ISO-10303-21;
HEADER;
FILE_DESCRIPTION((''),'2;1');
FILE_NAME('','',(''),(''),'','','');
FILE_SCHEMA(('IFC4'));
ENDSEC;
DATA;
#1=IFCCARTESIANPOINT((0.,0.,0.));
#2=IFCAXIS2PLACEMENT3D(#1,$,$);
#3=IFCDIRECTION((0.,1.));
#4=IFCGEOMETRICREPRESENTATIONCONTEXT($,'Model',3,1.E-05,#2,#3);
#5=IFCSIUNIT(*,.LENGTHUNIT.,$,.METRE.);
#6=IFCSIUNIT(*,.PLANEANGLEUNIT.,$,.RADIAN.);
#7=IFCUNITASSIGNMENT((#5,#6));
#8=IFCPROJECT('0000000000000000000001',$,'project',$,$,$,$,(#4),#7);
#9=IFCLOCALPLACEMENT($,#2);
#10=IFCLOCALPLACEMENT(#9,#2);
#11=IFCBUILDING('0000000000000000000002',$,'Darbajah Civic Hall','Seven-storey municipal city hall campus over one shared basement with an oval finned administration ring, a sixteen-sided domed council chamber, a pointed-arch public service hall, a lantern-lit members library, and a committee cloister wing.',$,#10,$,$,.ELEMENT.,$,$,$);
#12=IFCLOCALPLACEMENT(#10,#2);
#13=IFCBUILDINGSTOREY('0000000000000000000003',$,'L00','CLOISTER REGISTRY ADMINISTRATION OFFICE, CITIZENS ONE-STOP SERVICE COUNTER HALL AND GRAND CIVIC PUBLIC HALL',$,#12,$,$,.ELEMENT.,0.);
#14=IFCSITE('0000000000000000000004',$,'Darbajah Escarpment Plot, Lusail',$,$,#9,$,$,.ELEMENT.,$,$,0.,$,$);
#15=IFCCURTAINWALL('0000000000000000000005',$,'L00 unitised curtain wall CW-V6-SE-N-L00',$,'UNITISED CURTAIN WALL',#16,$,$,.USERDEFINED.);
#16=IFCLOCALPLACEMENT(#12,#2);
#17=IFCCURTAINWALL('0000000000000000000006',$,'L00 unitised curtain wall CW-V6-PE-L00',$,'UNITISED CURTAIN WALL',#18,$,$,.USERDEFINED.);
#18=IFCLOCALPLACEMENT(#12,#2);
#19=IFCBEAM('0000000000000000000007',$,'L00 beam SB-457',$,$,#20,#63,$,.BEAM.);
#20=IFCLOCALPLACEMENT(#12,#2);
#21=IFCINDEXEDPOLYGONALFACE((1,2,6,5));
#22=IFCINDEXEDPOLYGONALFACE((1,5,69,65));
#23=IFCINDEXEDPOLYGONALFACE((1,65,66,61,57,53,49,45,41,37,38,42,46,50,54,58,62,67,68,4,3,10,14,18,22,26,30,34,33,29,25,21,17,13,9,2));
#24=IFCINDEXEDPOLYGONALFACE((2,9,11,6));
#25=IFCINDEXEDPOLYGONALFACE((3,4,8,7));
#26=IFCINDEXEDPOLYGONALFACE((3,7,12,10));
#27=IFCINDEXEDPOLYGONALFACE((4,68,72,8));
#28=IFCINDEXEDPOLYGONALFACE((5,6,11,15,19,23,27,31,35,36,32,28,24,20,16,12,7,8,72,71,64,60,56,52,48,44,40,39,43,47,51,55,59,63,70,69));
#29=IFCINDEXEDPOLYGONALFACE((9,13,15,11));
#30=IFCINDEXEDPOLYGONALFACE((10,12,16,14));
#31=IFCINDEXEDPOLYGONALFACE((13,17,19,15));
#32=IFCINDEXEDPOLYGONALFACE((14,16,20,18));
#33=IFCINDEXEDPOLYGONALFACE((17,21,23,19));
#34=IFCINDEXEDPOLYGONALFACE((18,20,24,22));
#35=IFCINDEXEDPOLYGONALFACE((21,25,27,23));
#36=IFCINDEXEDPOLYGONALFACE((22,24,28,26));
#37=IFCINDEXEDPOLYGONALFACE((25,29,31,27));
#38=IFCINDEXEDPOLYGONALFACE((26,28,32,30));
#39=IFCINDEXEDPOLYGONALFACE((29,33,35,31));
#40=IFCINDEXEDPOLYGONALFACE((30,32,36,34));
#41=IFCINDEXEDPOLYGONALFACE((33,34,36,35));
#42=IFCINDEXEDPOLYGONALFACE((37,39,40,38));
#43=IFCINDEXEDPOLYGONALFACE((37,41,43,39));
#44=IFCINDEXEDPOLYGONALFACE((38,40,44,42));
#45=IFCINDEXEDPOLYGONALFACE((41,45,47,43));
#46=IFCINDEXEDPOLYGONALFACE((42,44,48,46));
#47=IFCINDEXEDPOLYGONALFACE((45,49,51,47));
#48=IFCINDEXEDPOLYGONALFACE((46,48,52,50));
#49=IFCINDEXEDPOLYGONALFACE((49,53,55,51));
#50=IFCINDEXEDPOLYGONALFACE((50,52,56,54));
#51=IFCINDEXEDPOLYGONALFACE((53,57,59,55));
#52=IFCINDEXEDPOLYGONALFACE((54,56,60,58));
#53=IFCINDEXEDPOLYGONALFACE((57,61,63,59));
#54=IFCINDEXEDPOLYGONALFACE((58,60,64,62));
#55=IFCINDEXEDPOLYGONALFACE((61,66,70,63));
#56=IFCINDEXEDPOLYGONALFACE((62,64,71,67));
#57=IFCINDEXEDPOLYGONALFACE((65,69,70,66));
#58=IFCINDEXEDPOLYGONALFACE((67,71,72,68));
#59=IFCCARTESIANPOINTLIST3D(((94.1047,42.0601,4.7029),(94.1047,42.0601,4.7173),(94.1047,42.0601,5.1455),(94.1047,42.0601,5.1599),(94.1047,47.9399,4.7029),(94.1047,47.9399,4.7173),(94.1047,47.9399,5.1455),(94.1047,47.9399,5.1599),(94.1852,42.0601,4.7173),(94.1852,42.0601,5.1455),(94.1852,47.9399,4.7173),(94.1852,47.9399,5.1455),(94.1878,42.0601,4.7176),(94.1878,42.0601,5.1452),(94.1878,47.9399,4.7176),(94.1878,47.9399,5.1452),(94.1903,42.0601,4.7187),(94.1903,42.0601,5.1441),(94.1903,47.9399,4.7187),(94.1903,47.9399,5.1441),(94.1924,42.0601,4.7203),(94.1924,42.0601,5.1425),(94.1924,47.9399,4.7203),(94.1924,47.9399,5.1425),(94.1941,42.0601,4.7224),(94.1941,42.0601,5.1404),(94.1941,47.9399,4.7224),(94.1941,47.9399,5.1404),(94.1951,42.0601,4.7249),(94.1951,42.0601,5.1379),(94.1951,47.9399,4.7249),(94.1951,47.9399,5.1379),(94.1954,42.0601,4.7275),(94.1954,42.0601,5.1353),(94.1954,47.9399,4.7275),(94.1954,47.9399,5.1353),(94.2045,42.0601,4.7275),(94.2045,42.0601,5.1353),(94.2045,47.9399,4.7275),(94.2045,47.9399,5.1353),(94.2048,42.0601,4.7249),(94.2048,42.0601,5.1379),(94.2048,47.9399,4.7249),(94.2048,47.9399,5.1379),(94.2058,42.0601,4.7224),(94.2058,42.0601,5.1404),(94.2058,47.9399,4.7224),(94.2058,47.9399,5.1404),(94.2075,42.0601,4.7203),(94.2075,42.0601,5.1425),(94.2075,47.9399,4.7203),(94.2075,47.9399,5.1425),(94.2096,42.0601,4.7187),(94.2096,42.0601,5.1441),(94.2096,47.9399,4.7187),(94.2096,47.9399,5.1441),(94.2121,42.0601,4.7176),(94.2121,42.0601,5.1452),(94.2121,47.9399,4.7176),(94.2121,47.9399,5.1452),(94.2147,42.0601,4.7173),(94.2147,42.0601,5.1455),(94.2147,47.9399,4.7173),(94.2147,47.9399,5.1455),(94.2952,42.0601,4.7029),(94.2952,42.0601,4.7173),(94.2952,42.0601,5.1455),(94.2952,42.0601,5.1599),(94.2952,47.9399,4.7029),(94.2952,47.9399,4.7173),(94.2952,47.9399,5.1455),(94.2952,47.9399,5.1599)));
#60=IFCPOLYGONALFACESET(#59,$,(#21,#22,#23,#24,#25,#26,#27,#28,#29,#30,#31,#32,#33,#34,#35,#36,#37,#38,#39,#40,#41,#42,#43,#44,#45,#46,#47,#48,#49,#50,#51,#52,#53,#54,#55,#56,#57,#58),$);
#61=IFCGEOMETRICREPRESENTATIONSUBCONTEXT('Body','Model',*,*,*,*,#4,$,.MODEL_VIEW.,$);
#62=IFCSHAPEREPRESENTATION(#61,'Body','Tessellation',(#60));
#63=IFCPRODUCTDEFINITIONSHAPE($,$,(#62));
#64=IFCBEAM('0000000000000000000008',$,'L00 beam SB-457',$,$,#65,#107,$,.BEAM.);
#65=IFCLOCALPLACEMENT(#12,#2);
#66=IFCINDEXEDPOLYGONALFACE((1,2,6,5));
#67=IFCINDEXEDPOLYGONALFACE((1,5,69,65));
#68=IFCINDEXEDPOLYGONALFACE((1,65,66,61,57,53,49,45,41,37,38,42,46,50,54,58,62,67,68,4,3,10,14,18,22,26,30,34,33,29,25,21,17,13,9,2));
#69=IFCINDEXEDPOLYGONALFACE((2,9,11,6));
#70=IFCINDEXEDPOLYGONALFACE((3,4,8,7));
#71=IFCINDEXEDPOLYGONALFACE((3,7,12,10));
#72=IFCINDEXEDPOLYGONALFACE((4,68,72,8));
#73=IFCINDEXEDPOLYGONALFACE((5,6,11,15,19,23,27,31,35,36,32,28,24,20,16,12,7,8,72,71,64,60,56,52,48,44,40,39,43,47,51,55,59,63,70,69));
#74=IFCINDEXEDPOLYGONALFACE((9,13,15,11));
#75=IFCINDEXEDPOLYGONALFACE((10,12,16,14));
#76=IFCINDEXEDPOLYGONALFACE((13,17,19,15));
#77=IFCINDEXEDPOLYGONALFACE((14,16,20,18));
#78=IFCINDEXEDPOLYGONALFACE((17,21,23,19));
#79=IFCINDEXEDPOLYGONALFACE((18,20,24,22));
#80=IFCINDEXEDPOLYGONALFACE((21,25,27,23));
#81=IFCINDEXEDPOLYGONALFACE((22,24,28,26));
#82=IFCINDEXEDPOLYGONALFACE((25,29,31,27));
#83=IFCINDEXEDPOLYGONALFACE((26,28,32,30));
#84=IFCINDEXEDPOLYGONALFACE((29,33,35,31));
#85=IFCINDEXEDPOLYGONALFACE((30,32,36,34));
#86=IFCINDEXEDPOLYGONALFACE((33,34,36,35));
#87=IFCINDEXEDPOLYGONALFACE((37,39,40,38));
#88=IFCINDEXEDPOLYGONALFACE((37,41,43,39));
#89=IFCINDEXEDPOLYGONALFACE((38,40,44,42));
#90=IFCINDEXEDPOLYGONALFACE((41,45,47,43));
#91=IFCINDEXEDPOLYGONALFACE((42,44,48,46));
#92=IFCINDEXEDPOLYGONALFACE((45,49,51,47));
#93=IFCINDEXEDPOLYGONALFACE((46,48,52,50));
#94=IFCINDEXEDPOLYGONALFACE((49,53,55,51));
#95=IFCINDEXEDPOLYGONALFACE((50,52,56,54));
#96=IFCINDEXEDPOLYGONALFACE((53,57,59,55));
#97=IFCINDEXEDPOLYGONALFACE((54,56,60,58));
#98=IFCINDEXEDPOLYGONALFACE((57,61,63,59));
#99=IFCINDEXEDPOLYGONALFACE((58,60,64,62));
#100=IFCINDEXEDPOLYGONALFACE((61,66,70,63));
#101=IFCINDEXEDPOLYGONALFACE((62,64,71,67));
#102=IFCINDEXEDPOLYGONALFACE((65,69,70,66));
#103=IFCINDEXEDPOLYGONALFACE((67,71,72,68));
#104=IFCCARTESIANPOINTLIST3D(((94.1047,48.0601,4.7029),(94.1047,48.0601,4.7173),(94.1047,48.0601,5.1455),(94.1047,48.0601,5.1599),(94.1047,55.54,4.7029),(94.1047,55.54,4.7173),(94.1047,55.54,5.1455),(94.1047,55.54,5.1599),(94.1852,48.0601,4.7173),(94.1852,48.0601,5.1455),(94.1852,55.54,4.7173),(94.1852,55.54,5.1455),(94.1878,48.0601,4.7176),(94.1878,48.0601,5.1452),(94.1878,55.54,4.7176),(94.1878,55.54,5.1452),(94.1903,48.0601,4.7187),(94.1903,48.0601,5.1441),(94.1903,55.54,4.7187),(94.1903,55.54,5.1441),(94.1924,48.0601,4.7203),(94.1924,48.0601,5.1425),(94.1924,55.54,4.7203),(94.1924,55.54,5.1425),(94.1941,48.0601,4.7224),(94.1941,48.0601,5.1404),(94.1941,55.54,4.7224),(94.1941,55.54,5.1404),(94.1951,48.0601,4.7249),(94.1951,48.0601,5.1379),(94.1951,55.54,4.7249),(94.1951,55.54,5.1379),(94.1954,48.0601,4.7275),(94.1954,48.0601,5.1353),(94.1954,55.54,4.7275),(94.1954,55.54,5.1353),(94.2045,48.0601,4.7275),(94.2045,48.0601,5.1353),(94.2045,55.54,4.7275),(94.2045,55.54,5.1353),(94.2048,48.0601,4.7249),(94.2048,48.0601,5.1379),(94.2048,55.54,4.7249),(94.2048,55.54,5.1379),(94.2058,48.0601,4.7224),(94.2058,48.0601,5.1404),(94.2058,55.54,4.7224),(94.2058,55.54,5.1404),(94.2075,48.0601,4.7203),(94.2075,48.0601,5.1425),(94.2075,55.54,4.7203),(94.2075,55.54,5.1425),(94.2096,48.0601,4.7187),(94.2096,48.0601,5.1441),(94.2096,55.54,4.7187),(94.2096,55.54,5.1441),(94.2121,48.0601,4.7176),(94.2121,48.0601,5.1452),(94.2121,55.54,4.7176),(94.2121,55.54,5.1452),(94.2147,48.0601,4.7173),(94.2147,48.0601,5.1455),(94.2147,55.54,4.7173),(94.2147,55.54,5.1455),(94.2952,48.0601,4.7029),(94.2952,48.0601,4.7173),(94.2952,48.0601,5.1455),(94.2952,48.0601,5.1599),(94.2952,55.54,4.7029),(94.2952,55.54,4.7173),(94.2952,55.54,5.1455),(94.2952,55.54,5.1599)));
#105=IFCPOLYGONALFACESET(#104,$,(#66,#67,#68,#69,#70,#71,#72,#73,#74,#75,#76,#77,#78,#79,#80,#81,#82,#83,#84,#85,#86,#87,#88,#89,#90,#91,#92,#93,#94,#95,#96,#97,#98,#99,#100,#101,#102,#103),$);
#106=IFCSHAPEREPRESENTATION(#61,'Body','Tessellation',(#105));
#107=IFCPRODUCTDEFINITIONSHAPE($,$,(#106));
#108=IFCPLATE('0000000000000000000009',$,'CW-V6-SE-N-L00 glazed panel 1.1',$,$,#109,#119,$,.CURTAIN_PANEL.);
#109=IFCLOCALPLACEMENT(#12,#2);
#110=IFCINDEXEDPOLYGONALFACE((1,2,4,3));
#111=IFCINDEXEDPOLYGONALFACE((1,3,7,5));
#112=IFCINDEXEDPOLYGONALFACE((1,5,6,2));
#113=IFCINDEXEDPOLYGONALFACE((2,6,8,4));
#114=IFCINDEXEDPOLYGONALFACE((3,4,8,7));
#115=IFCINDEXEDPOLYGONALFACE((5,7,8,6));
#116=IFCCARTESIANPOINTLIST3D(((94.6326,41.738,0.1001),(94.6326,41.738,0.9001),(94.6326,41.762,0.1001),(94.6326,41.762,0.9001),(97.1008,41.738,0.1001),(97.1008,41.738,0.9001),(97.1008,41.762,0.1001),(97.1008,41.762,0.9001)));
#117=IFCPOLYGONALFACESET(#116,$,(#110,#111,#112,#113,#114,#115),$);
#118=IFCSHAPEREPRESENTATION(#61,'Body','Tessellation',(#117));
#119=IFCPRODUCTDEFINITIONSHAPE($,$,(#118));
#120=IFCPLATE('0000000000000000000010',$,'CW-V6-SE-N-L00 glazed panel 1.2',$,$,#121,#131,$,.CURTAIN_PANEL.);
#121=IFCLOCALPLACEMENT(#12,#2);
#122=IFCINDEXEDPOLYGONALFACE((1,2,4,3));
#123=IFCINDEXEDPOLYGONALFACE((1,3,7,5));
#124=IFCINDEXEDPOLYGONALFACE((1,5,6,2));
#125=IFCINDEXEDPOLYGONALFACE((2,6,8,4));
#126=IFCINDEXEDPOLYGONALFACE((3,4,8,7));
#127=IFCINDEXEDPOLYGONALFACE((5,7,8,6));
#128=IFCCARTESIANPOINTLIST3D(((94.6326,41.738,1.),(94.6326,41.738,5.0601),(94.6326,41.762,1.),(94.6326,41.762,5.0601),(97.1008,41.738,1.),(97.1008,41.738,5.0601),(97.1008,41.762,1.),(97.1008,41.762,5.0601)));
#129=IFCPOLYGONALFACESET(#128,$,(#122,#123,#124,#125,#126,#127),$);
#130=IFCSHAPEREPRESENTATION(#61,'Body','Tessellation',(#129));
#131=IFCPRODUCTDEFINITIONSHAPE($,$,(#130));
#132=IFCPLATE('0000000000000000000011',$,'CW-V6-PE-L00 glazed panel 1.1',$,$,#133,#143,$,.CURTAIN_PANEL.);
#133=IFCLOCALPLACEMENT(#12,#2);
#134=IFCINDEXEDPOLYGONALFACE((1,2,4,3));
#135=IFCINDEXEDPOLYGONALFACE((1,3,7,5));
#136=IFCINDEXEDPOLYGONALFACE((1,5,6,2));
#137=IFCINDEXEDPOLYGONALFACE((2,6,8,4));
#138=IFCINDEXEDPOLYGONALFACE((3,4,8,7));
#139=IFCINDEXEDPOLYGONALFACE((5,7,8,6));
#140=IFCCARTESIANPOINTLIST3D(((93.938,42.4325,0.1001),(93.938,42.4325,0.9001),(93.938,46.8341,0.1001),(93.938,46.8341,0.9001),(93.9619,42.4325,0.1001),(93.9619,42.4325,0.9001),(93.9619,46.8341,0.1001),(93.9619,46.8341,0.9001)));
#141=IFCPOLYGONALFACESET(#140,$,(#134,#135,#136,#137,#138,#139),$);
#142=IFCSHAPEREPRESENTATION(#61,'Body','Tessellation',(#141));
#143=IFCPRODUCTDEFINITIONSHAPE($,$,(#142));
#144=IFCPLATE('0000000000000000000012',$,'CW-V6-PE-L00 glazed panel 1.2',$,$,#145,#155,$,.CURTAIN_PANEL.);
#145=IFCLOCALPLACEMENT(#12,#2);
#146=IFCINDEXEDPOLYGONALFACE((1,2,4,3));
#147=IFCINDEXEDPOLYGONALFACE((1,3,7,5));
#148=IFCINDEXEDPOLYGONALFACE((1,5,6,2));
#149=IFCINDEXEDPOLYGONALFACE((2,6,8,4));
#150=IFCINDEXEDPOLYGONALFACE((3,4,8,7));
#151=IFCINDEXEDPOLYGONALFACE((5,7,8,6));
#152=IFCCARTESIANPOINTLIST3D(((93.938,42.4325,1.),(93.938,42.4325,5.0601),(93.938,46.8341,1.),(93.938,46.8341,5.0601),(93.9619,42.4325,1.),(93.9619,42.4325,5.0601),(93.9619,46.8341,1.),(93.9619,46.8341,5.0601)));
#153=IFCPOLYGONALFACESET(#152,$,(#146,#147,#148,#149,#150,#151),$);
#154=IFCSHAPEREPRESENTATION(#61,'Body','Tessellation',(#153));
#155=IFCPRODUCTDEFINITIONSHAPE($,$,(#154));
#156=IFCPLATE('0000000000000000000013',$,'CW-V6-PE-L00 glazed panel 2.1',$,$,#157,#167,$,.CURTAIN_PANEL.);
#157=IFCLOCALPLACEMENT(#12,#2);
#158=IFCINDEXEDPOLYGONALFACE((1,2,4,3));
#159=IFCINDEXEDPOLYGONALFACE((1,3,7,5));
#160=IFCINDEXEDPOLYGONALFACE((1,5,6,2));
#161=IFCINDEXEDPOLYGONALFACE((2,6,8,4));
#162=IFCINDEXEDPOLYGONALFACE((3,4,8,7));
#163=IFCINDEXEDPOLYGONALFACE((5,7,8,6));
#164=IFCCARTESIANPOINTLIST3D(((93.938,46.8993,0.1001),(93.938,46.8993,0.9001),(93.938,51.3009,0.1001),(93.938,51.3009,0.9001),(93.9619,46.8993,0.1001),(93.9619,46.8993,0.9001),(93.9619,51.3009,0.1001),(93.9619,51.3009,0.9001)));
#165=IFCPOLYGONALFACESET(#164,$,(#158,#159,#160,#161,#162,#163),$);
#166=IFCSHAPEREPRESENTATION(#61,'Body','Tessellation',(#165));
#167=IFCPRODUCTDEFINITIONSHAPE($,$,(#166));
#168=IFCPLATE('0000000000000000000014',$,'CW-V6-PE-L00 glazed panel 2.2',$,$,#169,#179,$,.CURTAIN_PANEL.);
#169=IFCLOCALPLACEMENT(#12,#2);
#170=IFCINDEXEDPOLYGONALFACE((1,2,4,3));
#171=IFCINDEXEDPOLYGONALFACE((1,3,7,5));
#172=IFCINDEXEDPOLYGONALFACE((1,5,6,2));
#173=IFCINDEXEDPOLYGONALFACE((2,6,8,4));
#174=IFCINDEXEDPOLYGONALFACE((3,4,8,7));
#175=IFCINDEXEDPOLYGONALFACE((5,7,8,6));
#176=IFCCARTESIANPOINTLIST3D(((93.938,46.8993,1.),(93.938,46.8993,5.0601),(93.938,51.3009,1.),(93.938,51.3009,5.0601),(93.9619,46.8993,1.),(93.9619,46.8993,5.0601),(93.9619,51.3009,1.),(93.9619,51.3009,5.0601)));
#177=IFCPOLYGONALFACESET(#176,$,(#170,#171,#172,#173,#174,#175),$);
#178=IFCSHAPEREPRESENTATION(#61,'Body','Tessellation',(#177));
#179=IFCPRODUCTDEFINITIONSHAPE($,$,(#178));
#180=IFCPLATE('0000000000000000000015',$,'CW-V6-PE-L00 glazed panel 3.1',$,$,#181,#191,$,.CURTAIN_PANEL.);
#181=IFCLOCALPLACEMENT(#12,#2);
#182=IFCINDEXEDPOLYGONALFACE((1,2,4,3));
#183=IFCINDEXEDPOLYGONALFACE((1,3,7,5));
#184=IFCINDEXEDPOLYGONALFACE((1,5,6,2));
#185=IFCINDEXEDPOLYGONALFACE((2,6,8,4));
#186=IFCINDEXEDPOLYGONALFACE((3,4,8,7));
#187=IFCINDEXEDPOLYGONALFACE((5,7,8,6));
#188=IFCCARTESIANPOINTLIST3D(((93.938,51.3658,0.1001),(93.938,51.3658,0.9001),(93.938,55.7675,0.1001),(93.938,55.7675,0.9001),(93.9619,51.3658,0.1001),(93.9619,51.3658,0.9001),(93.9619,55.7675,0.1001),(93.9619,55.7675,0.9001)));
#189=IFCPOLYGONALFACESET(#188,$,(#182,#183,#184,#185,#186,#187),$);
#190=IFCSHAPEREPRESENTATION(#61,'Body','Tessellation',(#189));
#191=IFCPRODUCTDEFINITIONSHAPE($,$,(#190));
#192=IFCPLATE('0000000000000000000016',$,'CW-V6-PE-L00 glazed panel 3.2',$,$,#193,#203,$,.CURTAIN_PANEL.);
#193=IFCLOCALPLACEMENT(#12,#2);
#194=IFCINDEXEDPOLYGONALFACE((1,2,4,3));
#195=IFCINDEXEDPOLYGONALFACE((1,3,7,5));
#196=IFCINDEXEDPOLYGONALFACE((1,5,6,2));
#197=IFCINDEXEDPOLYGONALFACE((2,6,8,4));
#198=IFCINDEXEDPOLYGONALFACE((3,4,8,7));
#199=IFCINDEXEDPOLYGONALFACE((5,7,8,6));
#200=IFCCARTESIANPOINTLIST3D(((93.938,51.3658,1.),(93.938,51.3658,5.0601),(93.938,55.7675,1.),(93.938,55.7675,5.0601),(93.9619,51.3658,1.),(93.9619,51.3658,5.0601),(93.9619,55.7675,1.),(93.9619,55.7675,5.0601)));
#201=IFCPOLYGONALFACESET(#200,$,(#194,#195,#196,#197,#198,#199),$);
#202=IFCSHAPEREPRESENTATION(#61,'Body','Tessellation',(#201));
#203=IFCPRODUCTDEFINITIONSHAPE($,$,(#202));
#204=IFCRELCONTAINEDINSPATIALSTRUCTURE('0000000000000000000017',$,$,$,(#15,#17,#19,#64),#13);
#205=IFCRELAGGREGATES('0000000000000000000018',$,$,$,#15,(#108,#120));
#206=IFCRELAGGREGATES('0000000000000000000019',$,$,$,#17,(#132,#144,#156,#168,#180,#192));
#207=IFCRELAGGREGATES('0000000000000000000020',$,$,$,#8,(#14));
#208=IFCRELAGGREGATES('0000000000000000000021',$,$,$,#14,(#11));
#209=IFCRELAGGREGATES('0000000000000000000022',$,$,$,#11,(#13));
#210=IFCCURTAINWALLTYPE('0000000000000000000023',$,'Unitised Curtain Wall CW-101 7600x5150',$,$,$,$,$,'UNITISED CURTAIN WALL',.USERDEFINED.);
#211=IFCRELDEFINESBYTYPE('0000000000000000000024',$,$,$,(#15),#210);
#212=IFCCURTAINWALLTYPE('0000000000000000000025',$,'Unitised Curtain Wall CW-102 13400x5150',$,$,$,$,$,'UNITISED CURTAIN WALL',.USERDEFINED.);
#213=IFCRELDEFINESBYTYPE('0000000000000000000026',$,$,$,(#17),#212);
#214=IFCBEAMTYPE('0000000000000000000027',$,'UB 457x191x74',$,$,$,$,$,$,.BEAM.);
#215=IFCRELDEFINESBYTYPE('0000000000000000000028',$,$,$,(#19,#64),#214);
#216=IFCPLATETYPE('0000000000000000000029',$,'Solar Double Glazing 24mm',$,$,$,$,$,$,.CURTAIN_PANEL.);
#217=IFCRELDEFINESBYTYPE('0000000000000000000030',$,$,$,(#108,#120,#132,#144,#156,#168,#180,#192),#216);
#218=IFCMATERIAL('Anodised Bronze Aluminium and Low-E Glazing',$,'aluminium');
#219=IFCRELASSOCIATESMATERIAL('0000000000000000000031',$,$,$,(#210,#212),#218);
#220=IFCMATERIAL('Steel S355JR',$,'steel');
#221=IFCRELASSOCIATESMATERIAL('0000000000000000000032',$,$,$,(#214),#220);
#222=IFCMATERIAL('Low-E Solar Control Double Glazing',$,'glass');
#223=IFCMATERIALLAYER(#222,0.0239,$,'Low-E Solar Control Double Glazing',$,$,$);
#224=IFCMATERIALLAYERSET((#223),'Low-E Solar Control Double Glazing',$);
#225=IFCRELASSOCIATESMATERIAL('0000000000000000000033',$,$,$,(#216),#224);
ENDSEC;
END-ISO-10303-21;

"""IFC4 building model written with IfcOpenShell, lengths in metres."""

from ifc_helpers import new_model, si_unit, direction, frame, origin, origin_2d, place, context, subcontext, project, spatial, rectangle, i_section, extrude, material, layer, layer_set, material_profile, profile_set, type_object, element, aggregate, save


model = new_model("IFC4")

# Units and contexts
model_context = context("Model", 3, precision=1e-05, world=origin(), true_north=direction((0.0, 1.0)))
body_context = subcontext(model_context, "Body", "Model", "MODEL_VIEW")
ifc_project = project(units=[si_unit("LENGTHUNIT", "METRE"), si_unit("PLANEANGLEUNIT", "RADIAN")], contexts=[model_context])

# Site, building, storey
site_placement = place(None, origin())
site = spatial("IfcSite", under=ifc_project, at=site_placement, Name="Darbajah Escarpment Plot, Lusail", CompositionType="ELEMENT", RefElevation=0.0)
building_placement = place(site_placement, origin())
building = spatial("IfcBuilding", under=site, at=building_placement, Name="Darbajah Civic Hall", Description="Seven-storey municipal city hall campus over one shared basement with an oval finned administration ring, a sixteen-sided domed council chamber, a pointed-arch public service hall, a lantern-lit members library, and a committee cloister wing.", CompositionType="ELEMENT")
storey_placement = place(building_placement, origin())
storey = spatial("IfcBuildingStorey", under=building, at=storey_placement, Name="L00", Description="CLOISTER REGISTRY ADMINISTRATION OFFICE, CITIZENS ONE-STOP SERVICE COUNTER HALL AND GRAND CIVIC PUBLIC HALL", CompositionType="ELEMENT", Elevation=0.0)

# Shared definitions
ifc_material_1 = material(Name="Steel S355JR", Category="steel")

# Curtain walls
ifc_material_2 = material(Name="Anodised Bronze Aluminium and Low-E Glazing", Category="aluminium")
curtain_wall_type_1 = type_object("IfcCurtainWallType", Name="Unitised Curtain Wall CW-101 7600x5150", ElementType="UNITISED CURTAIN WALL", PredefinedType="USERDEFINED", material=ifc_material_2)
curtain_wall_1_placement = place(storey_placement, origin())
curtain_wall_1 = element("IfcCurtainWall", 1, at=curtain_wall_1_placement, inside=storey, type_object=curtain_wall_type_1, Name="L00 unitised curtain wall CW-V6-SE-N-L00", ObjectType="UNITISED CURTAIN WALL", PredefinedType="USERDEFINED")
curtain_wall_type_2 = type_object("IfcCurtainWallType", Name="Unitised Curtain Wall CW-102 13400x5150", ElementType="UNITISED CURTAIN WALL", PredefinedType="USERDEFINED", material=ifc_material_2)
curtain_wall_2_placement = place(storey_placement, origin())
curtain_wall_2 = element("IfcCurtainWall", 2, at=curtain_wall_2_placement, inside=storey, type_object=curtain_wall_type_2, Name="L00 unitised curtain wall CW-V6-PE-L00", ObjectType="UNITISED CURTAIN WALL", PredefinedType="USERDEFINED")

# Beams
ifc_material_profile_1 = material_profile(ifc_material_1, i_section(OverallWidth=0.1904, OverallDepth=0.457, WebThickness=0.009, FlangeThickness=0.0144, FilletRadius=0.0103, at=origin_2d()), Name="UB 457x191x74")
ifc_profile_set_1 = profile_set([ifc_material_profile_1], Name="Steel S355JR")
beam_type = type_object("IfcBeamType", Name="UB 457x191x74", PredefinedType="BEAM", material=ifc_profile_set_1)
beam_1_placement = place(storey_placement, frame((94.2, 42.0601, 4.9314), z_axis=(0.0, 1.0, 0.0), x_axis=(-1.0, 0.0, 0.0)))
element("IfcBeam", 3, at=beam_1_placement, inside=storey, type_object=beam_type, Name="L00 beam SB-457", PredefinedType="BEAM", context=body_context, shape_type="SweptSolid", body=[
    extrude(i_section(OverallWidth=0.1904, OverallDepth=0.457, WebThickness=0.009, FlangeThickness=0.0144, FilletRadius=0.0103, at=origin_2d()), origin(), (0.0, 0.0, 1.0), 5.8799),
])
beam_2_placement = place(storey_placement, frame((94.2, 48.0601, 4.9314), z_axis=(0.0, 1.0, 0.0), x_axis=(-1.0, 0.0, 0.0)))
element("IfcBeam", 4, at=beam_2_placement, inside=storey, type_object=beam_type, Name="L00 beam SB-457", PredefinedType="BEAM", context=body_context, shape_type="SweptSolid", body=[
    extrude(i_section(OverallWidth=0.1904, OverallDepth=0.457, WebThickness=0.009, FlangeThickness=0.0144, FilletRadius=0.0103, at=origin_2d()), origin(), (0.0, 0.0, 1.0), 7.48),
])

# Plates
ifc_material_3 = material(Name="Low-E Solar Control Double Glazing", Category="glass")
ifc_layer_1 = layer(ifc_material_3, 0.0239, Name="Low-E Solar Control Double Glazing")
ifc_layer_set_1 = layer_set([ifc_layer_1], Name="Low-E Solar Control Double Glazing")
plate_type = type_object("IfcPlateType", Name="Solar Double Glazing 24mm", PredefinedType="CURTAIN_PANEL", material=ifc_layer_set_1)
plate_1_placement = place(storey_placement, frame((95.8667, 41.75, 0.1001), z_axis=(0.0, 0.0, 1.0), x_axis=(1.0, 0.0, 0.0)))
plate_1 = element("IfcPlate", 5, at=plate_1_placement, type_object=plate_type, Name="CW-V6-SE-N-L00 glazed panel 1.1", PredefinedType="CURTAIN_PANEL", context=body_context, shape_type="SweptSolid", body=[
    extrude(rectangle(XDim=2.4683, YDim=0.0239, at=origin_2d()), origin(), (0.0, 0.0, 1.0), 0.8),
])
plate_2_placement = place(storey_placement, frame((95.8667, 41.75, 1.0), z_axis=(0.0, 0.0, 1.0), x_axis=(1.0, 0.0, 0.0)))
plate_2 = element("IfcPlate", 6, at=plate_2_placement, type_object=plate_type, Name="CW-V6-SE-N-L00 glazed panel 1.2", PredefinedType="CURTAIN_PANEL", context=body_context, shape_type="SweptSolid", body=[
    extrude(rectangle(XDim=2.4683, YDim=0.0239, at=origin_2d()), origin(), (0.0, 0.0, 1.0), 4.0601),
])
aggregate(curtain_wall_1, [plate_1, plate_2])
plate_3_placement = place(storey_placement, frame((93.95, 44.6333, 0.1001), z_axis=(0.0, 0.0, 1.0), x_axis=(0.0, 1.0, 0.0)))
plate_3 = element("IfcPlate", 7, at=plate_3_placement, type_object=plate_type, Name="CW-V6-PE-L00 glazed panel 1.1", PredefinedType="CURTAIN_PANEL", context=body_context, shape_type="SweptSolid", body=[
    extrude(rectangle(XDim=4.4016, YDim=0.0239, at=origin_2d()), origin(), (0.0, 0.0, 1.0), 0.8),
])
plate_4_placement = place(storey_placement, frame((93.95, 44.6333, 1.0), z_axis=(0.0, 0.0, 1.0), x_axis=(0.0, 1.0, 0.0)))
plate_4 = element("IfcPlate", 8, at=plate_4_placement, type_object=plate_type, Name="CW-V6-PE-L00 glazed panel 1.2", PredefinedType="CURTAIN_PANEL", context=body_context, shape_type="SweptSolid", body=[
    extrude(rectangle(XDim=4.4016, YDim=0.0239, at=origin_2d()), origin(), (0.0, 0.0, 1.0), 4.0601),
])
plate_5_placement = place(storey_placement, frame((93.95, 49.1001, 0.1001), z_axis=(0.0, 0.0, 1.0), x_axis=(0.0, 1.0, 0.0)))
plate_5 = element("IfcPlate", 9, at=plate_5_placement, type_object=plate_type, Name="CW-V6-PE-L00 glazed panel 2.1", PredefinedType="CURTAIN_PANEL", context=body_context, shape_type="SweptSolid", body=[
    extrude(rectangle(XDim=4.4016, YDim=0.0239, at=origin_2d()), origin(), (0.0, 0.0, 1.0), 0.8),
])
plate_6_placement = place(storey_placement, frame((93.95, 49.1001, 1.0), z_axis=(0.0, 0.0, 1.0), x_axis=(0.0, 1.0, 0.0)))
plate_6 = element("IfcPlate", 10, at=plate_6_placement, type_object=plate_type, Name="CW-V6-PE-L00 glazed panel 2.2", PredefinedType="CURTAIN_PANEL", context=body_context, shape_type="SweptSolid", body=[
    extrude(rectangle(XDim=4.4016, YDim=0.0239, at=origin_2d()), origin(), (0.0, 0.0, 1.0), 4.0601),
])
plate_7_placement = place(storey_placement, frame((93.95, 53.5667, 0.1001), z_axis=(0.0, 0.0, 1.0), x_axis=(0.0, 1.0, 0.0)))
plate_7 = element("IfcPlate", 11, at=plate_7_placement, type_object=plate_type, Name="CW-V6-PE-L00 glazed panel 3.1", PredefinedType="CURTAIN_PANEL", context=body_context, shape_type="SweptSolid", body=[
    extrude(rectangle(XDim=4.4016, YDim=0.0239, at=origin_2d()), origin(), (0.0, 0.0, 1.0), 0.8),
])
plate_8_placement = place(storey_placement, frame((93.95, 53.5667, 1.0), z_axis=(0.0, 0.0, 1.0), x_axis=(0.0, 1.0, 0.0)))
plate_8 = element("IfcPlate", 12, at=plate_8_placement, type_object=plate_type, Name="CW-V6-PE-L00 glazed panel 3.2", PredefinedType="CURTAIN_PANEL", context=body_context, shape_type="SweptSolid", body=[
    extrude(rectangle(XDim=4.4016, YDim=0.0239, at=origin_2d()), origin(), (0.0, 0.0, 1.0), 4.0601),
])
aggregate(curtain_wall_2, [plate_3, plate_4, plate_5, plate_6, plate_7, plate_8])

save(model, "model.ifc")
